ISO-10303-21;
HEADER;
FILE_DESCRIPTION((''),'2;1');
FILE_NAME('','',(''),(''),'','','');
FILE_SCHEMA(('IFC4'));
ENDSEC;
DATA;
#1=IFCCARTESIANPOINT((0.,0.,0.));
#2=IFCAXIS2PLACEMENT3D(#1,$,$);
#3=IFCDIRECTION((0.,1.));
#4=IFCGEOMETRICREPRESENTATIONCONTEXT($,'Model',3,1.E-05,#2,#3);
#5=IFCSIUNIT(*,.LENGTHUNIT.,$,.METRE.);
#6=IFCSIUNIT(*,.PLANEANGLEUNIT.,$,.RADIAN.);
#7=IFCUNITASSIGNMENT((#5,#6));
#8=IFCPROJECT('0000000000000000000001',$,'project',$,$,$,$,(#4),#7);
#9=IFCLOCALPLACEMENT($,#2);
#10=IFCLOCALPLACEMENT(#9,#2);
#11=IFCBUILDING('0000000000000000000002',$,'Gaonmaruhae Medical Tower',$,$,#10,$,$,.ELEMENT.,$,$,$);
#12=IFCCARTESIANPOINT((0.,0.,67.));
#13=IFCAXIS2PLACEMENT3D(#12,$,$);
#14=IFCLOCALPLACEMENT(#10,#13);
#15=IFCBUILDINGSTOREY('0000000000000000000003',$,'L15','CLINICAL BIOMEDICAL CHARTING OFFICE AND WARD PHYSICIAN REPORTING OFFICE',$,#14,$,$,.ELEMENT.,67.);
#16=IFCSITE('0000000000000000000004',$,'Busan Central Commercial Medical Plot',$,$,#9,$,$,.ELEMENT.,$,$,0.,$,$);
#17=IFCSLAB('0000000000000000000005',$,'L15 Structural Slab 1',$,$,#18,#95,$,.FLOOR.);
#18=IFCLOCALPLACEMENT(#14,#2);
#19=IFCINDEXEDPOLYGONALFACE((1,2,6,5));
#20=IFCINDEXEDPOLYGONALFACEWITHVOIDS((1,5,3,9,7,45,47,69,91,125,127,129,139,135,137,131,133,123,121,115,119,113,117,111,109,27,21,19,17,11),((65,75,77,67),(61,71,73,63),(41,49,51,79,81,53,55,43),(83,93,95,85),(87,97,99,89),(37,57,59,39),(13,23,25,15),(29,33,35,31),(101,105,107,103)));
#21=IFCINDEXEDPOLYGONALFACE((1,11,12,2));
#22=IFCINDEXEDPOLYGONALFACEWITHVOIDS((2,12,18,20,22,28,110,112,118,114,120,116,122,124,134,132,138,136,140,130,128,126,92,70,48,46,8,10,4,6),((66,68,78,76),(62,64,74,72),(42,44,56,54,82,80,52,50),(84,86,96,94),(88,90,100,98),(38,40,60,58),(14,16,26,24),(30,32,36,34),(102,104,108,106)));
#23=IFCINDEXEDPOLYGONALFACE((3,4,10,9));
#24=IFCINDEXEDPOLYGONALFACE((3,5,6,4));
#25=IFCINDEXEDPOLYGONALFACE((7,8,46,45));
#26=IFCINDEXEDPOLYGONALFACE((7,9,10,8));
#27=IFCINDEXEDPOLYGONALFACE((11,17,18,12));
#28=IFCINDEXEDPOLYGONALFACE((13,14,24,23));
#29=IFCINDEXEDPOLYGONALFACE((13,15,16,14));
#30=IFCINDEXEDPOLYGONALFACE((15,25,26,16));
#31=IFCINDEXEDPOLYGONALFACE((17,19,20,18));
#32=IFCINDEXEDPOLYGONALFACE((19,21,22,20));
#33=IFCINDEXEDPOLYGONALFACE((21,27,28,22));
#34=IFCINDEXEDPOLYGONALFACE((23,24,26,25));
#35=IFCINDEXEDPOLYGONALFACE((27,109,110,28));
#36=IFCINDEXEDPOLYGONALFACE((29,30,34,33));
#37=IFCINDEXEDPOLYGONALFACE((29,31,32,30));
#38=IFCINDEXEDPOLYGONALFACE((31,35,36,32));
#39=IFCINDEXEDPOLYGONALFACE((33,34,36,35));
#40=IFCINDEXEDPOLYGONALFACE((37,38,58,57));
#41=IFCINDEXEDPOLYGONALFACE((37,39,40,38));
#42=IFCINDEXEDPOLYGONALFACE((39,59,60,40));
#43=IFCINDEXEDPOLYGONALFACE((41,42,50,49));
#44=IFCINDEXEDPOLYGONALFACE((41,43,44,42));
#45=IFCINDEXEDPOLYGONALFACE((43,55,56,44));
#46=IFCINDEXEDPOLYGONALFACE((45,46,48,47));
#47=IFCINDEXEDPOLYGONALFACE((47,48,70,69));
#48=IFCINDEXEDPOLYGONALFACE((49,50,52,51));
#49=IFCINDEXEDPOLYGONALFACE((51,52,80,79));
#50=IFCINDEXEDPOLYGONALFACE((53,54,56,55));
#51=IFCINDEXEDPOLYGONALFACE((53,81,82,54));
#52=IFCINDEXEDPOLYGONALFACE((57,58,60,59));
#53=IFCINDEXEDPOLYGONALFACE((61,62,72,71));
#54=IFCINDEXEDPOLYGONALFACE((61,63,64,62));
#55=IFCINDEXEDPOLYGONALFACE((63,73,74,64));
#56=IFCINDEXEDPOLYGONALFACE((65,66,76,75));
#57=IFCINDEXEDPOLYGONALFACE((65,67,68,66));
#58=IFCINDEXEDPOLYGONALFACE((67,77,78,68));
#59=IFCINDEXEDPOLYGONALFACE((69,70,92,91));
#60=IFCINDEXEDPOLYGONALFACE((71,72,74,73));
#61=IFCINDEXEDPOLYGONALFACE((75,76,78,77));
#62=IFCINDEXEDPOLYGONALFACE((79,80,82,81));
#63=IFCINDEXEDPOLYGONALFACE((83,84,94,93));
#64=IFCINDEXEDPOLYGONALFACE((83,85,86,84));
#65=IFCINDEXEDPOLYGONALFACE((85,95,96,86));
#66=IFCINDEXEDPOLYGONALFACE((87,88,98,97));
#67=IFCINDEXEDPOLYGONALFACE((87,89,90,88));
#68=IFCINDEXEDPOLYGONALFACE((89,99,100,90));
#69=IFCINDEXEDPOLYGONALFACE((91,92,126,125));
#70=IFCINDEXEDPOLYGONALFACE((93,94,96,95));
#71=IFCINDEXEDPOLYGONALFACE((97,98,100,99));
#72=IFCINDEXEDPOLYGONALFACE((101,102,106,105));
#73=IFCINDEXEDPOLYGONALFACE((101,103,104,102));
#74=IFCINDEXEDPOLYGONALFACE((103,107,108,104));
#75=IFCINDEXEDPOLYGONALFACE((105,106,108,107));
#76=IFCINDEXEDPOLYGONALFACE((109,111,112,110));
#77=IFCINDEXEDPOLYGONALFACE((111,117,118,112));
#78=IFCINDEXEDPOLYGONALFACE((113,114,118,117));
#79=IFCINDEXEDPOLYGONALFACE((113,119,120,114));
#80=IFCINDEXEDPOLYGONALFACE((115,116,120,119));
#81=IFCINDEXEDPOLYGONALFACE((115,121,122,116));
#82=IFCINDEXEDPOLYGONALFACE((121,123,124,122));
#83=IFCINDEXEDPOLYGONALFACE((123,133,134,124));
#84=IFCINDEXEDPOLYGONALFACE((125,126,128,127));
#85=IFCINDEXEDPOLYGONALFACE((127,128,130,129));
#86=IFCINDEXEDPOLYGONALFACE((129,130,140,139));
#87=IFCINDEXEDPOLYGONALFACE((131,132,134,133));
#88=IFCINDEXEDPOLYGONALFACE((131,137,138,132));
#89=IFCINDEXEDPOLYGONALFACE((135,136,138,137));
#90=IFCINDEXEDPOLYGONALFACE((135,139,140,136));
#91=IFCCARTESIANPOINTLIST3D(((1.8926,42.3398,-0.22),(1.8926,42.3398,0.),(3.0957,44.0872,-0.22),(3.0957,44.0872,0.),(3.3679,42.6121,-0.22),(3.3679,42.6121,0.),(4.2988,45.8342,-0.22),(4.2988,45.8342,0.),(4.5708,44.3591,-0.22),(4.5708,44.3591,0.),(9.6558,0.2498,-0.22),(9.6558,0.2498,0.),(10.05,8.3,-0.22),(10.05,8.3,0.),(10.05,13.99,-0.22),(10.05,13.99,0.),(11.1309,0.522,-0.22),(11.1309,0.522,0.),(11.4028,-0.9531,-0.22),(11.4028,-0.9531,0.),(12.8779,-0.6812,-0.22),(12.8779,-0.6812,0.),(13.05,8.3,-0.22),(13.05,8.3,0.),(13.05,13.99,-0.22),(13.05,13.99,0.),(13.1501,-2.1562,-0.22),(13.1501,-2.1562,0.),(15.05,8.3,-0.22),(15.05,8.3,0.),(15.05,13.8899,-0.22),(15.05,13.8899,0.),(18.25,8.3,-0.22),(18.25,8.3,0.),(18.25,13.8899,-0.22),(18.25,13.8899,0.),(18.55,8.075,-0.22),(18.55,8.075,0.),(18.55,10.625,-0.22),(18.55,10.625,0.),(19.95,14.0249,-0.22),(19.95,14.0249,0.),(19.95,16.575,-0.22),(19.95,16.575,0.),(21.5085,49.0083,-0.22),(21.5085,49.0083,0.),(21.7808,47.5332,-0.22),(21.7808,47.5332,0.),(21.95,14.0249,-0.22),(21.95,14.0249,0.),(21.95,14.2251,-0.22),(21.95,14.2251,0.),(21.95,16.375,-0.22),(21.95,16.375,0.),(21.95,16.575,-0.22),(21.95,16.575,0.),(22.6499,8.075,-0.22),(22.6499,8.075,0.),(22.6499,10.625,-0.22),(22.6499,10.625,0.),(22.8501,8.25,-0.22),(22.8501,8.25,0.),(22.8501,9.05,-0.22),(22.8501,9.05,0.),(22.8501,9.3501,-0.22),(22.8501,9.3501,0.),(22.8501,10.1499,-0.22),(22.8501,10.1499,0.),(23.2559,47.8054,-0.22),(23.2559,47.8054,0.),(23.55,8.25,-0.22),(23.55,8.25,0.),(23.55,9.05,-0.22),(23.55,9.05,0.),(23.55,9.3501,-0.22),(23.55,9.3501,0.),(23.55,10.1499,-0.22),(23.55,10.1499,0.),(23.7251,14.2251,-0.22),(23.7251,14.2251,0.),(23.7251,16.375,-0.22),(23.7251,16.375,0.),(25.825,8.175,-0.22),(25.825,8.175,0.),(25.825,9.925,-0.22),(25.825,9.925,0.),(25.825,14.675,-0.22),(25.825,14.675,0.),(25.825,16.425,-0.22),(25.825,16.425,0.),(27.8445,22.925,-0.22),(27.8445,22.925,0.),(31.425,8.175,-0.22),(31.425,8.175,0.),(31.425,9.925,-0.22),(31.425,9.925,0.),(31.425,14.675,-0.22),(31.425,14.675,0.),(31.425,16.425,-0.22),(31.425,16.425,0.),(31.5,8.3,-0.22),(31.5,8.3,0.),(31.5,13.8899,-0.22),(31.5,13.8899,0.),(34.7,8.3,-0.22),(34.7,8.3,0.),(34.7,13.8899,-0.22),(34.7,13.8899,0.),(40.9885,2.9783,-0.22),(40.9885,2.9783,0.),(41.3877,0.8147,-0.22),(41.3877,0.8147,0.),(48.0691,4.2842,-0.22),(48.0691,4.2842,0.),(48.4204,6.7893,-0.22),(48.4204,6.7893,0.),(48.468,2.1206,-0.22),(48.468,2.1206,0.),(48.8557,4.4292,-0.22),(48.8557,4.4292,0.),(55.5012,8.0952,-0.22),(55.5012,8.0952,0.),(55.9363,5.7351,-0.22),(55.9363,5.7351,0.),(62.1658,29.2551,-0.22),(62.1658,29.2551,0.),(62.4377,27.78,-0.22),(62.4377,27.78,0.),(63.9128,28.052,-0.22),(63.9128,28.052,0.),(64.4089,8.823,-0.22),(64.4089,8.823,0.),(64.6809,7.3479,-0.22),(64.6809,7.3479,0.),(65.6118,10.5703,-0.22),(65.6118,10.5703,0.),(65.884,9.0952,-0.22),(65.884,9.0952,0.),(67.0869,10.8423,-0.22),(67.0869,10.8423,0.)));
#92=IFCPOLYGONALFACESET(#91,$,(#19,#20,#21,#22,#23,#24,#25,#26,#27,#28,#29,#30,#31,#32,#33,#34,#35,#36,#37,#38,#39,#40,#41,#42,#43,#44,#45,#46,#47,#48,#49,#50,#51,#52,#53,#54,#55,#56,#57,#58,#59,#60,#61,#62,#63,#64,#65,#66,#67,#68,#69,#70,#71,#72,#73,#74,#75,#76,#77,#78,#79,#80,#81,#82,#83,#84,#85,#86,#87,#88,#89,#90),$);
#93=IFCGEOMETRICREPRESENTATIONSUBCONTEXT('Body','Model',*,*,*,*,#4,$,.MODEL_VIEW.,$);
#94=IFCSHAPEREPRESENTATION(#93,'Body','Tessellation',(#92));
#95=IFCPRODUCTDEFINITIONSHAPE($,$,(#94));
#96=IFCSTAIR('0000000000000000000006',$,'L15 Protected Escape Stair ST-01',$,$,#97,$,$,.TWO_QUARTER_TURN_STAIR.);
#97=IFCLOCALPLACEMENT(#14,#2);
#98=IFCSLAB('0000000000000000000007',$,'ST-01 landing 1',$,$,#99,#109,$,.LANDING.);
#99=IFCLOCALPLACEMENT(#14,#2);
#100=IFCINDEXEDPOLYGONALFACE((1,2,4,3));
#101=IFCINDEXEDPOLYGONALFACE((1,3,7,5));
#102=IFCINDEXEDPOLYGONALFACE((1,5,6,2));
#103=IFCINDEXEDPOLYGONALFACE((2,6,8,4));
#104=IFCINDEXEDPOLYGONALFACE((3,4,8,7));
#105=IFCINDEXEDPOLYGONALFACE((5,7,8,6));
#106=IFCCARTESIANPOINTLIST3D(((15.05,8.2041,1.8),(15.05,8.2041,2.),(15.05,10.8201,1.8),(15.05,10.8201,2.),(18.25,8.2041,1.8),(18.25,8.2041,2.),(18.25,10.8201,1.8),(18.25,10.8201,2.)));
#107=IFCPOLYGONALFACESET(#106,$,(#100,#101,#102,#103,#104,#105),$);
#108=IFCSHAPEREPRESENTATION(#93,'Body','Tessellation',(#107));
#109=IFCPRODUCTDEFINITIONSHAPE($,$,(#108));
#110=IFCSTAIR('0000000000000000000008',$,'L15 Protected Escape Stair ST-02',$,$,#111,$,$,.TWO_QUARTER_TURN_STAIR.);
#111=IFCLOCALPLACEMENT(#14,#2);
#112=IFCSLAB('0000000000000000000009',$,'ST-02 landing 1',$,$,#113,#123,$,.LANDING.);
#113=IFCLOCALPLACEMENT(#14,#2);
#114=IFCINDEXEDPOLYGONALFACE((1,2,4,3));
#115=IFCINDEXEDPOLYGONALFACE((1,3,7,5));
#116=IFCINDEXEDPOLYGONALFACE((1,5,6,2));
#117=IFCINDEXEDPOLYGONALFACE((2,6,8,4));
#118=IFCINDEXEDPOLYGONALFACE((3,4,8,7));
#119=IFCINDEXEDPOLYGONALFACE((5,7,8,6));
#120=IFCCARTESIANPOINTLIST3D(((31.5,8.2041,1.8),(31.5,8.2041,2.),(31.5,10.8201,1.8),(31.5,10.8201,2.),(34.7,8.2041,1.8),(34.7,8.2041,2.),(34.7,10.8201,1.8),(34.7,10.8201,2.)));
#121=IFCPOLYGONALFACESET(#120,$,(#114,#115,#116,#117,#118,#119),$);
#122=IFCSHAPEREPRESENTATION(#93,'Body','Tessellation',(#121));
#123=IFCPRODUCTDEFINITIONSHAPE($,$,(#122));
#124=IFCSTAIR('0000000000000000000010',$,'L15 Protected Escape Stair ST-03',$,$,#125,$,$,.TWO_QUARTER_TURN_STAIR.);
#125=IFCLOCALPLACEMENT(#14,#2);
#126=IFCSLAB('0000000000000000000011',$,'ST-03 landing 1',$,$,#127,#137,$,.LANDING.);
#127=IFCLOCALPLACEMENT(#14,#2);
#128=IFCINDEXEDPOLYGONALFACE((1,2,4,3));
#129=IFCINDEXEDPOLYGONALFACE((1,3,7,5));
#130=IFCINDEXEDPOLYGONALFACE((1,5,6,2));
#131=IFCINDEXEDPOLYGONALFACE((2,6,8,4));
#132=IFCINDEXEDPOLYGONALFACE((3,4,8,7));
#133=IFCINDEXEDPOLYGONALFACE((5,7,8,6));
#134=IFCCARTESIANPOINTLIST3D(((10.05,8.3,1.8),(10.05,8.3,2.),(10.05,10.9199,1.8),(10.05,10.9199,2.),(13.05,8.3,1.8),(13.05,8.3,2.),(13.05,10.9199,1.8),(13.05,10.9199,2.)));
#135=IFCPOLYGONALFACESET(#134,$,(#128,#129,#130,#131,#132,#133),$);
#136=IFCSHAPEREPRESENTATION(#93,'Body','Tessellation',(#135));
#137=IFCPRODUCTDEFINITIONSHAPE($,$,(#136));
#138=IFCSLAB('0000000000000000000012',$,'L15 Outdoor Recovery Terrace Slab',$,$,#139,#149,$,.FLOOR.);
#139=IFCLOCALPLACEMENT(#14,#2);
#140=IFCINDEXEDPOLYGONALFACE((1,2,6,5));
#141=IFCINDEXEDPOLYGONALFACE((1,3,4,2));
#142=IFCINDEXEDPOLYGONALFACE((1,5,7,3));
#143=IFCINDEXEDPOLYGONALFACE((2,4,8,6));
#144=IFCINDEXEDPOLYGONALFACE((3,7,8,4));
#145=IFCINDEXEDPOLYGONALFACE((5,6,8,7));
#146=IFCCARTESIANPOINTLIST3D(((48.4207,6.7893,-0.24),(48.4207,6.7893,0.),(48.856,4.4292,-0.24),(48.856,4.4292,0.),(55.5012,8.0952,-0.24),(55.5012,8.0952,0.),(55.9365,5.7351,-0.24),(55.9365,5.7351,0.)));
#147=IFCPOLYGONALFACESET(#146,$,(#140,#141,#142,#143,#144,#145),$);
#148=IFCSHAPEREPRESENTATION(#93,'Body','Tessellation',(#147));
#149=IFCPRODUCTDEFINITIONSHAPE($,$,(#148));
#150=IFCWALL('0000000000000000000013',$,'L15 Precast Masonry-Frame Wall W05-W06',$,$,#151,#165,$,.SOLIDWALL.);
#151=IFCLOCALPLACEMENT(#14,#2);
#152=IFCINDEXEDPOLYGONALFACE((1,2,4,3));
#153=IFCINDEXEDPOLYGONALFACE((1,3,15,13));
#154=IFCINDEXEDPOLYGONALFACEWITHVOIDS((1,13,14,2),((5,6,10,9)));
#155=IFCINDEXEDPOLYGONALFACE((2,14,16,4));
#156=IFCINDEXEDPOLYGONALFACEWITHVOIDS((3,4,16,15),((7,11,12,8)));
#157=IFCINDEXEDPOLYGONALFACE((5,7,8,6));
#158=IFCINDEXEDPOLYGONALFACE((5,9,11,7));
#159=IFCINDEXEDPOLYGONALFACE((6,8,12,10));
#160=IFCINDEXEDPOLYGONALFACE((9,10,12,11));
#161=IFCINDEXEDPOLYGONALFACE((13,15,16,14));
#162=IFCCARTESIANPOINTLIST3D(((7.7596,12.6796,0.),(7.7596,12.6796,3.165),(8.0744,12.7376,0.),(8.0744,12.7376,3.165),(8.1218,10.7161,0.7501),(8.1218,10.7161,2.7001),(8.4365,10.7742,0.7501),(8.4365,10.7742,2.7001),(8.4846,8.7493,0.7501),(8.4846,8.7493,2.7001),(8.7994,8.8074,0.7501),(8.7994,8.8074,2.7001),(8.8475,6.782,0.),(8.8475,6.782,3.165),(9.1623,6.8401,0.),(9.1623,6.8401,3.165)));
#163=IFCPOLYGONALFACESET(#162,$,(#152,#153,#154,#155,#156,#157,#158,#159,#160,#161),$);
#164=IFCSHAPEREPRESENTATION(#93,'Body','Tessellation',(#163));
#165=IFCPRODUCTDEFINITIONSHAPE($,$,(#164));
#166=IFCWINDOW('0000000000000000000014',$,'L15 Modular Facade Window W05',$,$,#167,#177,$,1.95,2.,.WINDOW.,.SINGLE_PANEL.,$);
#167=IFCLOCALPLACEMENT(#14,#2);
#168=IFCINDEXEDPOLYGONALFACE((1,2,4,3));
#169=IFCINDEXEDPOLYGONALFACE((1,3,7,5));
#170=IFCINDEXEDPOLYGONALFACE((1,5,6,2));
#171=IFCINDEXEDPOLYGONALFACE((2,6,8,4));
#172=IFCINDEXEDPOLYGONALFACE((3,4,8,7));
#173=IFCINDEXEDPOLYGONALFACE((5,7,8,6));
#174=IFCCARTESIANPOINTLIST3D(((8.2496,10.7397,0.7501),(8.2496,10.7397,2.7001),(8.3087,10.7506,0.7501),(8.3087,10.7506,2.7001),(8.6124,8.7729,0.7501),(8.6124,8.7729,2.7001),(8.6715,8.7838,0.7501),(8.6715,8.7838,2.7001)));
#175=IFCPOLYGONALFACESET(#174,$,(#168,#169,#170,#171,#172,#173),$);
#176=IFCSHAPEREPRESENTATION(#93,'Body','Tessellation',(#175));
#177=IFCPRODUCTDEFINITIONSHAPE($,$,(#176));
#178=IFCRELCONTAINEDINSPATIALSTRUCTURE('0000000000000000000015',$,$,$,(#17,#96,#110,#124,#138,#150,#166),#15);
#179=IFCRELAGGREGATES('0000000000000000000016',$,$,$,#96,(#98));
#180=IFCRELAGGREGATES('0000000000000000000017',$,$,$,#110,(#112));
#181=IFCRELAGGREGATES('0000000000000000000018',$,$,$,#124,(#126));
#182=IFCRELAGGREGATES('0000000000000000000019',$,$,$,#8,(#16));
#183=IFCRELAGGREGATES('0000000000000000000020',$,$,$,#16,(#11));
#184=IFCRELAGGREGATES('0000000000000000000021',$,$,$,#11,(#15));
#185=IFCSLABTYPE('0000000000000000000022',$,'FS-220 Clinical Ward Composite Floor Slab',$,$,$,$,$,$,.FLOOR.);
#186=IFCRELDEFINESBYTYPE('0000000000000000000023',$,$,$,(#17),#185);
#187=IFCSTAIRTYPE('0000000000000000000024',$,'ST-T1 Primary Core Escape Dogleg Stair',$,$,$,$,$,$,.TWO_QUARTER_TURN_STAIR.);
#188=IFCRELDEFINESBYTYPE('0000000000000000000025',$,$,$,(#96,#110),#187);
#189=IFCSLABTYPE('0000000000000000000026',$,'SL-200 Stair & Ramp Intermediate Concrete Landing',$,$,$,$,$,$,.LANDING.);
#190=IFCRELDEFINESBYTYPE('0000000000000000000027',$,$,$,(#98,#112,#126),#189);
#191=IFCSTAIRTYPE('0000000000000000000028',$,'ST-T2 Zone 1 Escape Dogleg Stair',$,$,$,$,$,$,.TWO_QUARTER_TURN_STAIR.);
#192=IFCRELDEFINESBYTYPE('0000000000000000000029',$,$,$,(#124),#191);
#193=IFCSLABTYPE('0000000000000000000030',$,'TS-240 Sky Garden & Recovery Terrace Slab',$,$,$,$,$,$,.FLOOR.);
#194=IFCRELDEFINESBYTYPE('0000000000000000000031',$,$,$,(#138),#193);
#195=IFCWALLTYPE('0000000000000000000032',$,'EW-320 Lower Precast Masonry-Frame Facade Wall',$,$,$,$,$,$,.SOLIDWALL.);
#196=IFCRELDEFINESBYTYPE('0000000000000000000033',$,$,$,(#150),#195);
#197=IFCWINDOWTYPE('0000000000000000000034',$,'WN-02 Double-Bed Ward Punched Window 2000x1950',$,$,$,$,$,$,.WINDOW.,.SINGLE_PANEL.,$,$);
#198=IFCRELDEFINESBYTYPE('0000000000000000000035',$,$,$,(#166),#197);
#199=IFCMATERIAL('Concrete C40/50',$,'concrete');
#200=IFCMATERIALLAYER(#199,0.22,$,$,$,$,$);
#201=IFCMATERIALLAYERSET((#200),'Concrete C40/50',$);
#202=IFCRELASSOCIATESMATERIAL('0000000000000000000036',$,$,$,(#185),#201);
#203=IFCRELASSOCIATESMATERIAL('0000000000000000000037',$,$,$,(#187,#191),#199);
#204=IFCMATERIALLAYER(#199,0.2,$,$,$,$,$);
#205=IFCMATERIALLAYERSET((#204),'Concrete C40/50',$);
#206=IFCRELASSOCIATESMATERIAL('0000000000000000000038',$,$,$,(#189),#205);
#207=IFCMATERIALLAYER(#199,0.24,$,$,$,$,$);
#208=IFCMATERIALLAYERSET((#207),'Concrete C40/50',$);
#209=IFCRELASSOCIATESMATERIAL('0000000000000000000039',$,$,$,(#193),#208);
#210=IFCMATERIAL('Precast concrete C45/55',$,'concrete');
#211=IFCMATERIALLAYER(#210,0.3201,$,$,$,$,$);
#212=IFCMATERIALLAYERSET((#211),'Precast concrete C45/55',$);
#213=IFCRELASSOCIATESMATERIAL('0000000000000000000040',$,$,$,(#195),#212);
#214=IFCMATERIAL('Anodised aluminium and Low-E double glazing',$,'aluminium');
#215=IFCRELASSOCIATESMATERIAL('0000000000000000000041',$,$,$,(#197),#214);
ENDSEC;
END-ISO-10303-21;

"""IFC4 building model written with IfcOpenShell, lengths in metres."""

from ifc_helpers import new_model, si_unit, direction, frame, frame_2d, origin, place, context, subcontext, project, spatial, polyline, rectangle, outline, extrude, material, layer, layer_set, type_object, element, fill, aggregate, save


model = new_model("IFC4")

# Units and contexts
model_context = context("Model", 3, precision=1e-05, world=origin(), true_north=direction((0.0, 1.0)))
body_context = subcontext(model_context, "Body", "Model", "MODEL_VIEW")
ifc_project = project(units=[si_unit("LENGTHUNIT", "METRE"), si_unit("PLANEANGLEUNIT", "RADIAN")], contexts=[model_context])

# Site, building, storey
site_placement = place(None, origin())
site = spatial("IfcSite", under=ifc_project, at=site_placement, Name="Busan Central Commercial Medical Plot", CompositionType="ELEMENT", RefElevation=0.0)
building_placement = place(site_placement, origin())
building = spatial("IfcBuilding", under=site, at=building_placement, Name="Gaonmaruhae Medical Tower", CompositionType="ELEMENT")
storey_placement = place(building_placement, frame((0.0, 0.0, 67.0)))
storey = spatial("IfcBuildingStorey", under=building, at=storey_placement, Name="L15", Description="CLINICAL BIOMEDICAL CHARTING OFFICE AND WARD PHYSICIAN REPORTING OFFICE", CompositionType="ELEMENT", Elevation=67.0)

# Slab
ifc_material_1 = material(Name="Concrete C40/50", Category="concrete")
ifc_layer_1 = layer(ifc_material_1, 0.22)
ifc_layer_set_1 = layer_set([ifc_layer_1], Name="Concrete C40/50")
slab_type_1 = type_object("IfcSlabType", Name="FS-220 Clinical Ward Composite Floor Slab", PredefinedType="FLOOR", material=ifc_layer_set_1)
slab_1_placement = place(storey_placement, frame((0.0, 0.0, -0.22)))
element("IfcSlab", 1, at=slab_1_placement, inside=storey, type_object=slab_type_1, Name="L15 Structural Slab 1", PredefinedType="FLOOR", context=body_context, shape_type="SweptSolid", body=[
    extrude(outline(polyline([(12.8779, -0.6812), (11.4028, -0.9531), (11.1309, 0.522), (9.6558, 0.2498), (1.8926, 42.3398), (3.3679, 42.6121), (3.0957, 44.0872), (4.5708, 44.3591), (4.2988, 45.8342), (21.5085, 49.0083), (21.7808, 47.5332), (23.2559, 47.8054), (27.8445, 22.925), (62.1658, 29.2551), (62.4377, 27.78), (63.9128, 28.052), (67.0869, 10.8423), (65.6118, 10.5703), (65.884, 9.0952), (64.4089, 8.823), (64.6809, 7.3479), (55.9363, 5.7351), (55.5012, 8.0952), (48.4204, 6.7893), (48.8557, 4.4292), (48.0691, 4.2842), (48.468, 2.1206), (41.3877, 0.8147), (40.9885, 2.9783), (13.1501, -2.1562), (12.8779, -0.6812)]), holes=[polyline([(23.55, 8.25), (22.8501, 8.25), (22.8501, 9.05), (23.55, 9.05), (23.55, 8.25)]), polyline([(25.825, 9.925), (31.425, 9.925), (31.425, 8.175), (25.825, 8.175), (25.825, 9.925)]), polyline([(22.6499, 10.625), (22.6499, 8.075), (18.55, 8.075), (18.55, 10.625), (22.6499, 10.625)]), polyline([(23.55, 9.3501), (22.8501, 9.3501), (22.8501, 10.1499), (23.55, 10.1499), (23.55, 9.3501)]), polyline([(15.05, 13.8899), (18.25, 13.8899), (18.25, 8.3), (15.05, 8.3), (15.05, 13.8899)]), polyline([(31.5, 13.8899), (34.7, 13.8899), (34.7, 8.3), (31.5, 8.3), (31.5, 13.8899)]), polyline([(10.05, 13.99), (13.05, 13.99), (13.05, 8.3), (10.05, 8.3), (10.05, 13.99)]), polyline([(21.95, 14.0249), (19.95, 14.0249), (19.95, 16.575), (21.95, 16.575), (21.95, 16.375), (23.7251, 16.375), (23.7251, 14.2251), (21.95, 14.2251), (21.95, 14.0249)]), polyline([(31.425, 16.425), (31.425, 14.675), (25.825, 14.675), (25.825, 16.425), (31.425, 16.425)])]), origin(), (0.0, 0.0, 1.0), 0.22),
])

# Stairs, slabs
stair_type_1 = type_object("IfcStairType", Name="ST-T1 Primary Core Escape Dogleg Stair", PredefinedType="TWO_QUARTER_TURN_STAIR", material=ifc_material_1)
stair_1_placement = place(storey_placement, origin())
stair_1 = element("IfcStair", 2, at=stair_1_placement, inside=storey, type_object=stair_type_1, Name="L15 Protected Escape Stair ST-01", PredefinedType="TWO_QUARTER_TURN_STAIR")
ifc_layer_2 = layer(ifc_material_1, 0.2)
ifc_layer_set_2 = layer_set([ifc_layer_2], Name="Concrete C40/50")
slab_type_2 = type_object("IfcSlabType", Name="SL-200 Stair & Ramp Intermediate Concrete Landing", PredefinedType="LANDING", material=ifc_layer_set_2)
slab_2_placement = place(storey_placement, frame((0.0, 0.0, 1.8)))
slab_2 = element("IfcSlab", 3, at=slab_2_placement, type_object=slab_type_2, Name="ST-01 landing 1", PredefinedType="LANDING", context=body_context, shape_type="SweptSolid", body=[
    extrude(outline(polyline([(15.05, 10.8201), (15.05, 8.2041), (18.25, 8.2041), (18.25, 10.8201), (15.05, 10.8201)])), origin(), (0.0, 0.0, 1.0), 0.2),
])
aggregate(stair_1, [slab_2])
stair_2_placement = place(storey_placement, origin())
stair_2 = element("IfcStair", 4, at=stair_2_placement, inside=storey, type_object=stair_type_1, Name="L15 Protected Escape Stair ST-02", PredefinedType="TWO_QUARTER_TURN_STAIR")
slab_3_placement = place(storey_placement, frame((0.0, 0.0, 1.8)))
slab_3 = element("IfcSlab", 5, at=slab_3_placement, type_object=slab_type_2, Name="ST-02 landing 1", PredefinedType="LANDING", context=body_context, shape_type="SweptSolid", body=[
    extrude(outline(polyline([(31.5, 10.8201), (31.5, 8.2041), (34.7, 8.2041), (34.7, 10.8201), (31.5, 10.8201)])), origin(), (0.0, 0.0, 1.0), 0.2),
])
aggregate(stair_2, [slab_3])
stair_type_2 = type_object("IfcStairType", Name="ST-T2 Zone 1 Escape Dogleg Stair", PredefinedType="TWO_QUARTER_TURN_STAIR", material=ifc_material_1)
stair_3_placement = place(storey_placement, origin())
stair_3 = element("IfcStair", 6, at=stair_3_placement, inside=storey, type_object=stair_type_2, Name="L15 Protected Escape Stair ST-03", PredefinedType="TWO_QUARTER_TURN_STAIR")
slab_4_placement = place(storey_placement, frame((0.0, 0.0, 1.8)))
slab_4 = element("IfcSlab", 7, at=slab_4_placement, type_object=slab_type_2, Name="ST-03 landing 1", PredefinedType="LANDING", context=body_context, shape_type="SweptSolid", body=[
    extrude(outline(polyline([(10.05, 10.9199), (10.05, 8.3), (13.05, 8.3), (13.05, 10.9199), (10.05, 10.9199)])), origin(), (0.0, 0.0, 1.0), 0.2),
])
aggregate(stair_3, [slab_4])

# Slab
ifc_layer_3 = layer(ifc_material_1, 0.24)
ifc_layer_set_3 = layer_set([ifc_layer_3], Name="Concrete C40/50")
slab_type_3 = type_object("IfcSlabType", Name="TS-240 Sky Garden & Recovery Terrace Slab", PredefinedType="FLOOR", material=ifc_layer_set_3)
slab_5_placement = place(storey_placement, frame((0.0, 0.0, -0.24)))
element("IfcSlab", 8, at=slab_5_placement, inside=storey, type_object=slab_type_3, Name="L15 Outdoor Recovery Terrace Slab", PredefinedType="FLOOR", context=body_context, shape_type="SweptSolid", body=[
    extrude(outline(polyline([(48.856, 4.4292), (55.9365, 5.7351), (55.5012, 8.0952), (48.4207, 6.7893), (48.856, 4.4292)])), origin(), (0.0, 0.0, 1.0), 0.24),
])

# Wall, opening, window
ifc_material_2 = material(Name="Precast concrete C45/55", Category="concrete")
ifc_layer_4 = layer(ifc_material_2, 0.3201)
ifc_layer_set_4 = layer_set([ifc_layer_4], Name="Precast concrete C45/55")
wall_type_1 = type_object("IfcWallType", Name="EW-320 Lower Precast Masonry-Frame Facade Wall", PredefinedType="SOLIDWALL", material=ifc_layer_set_4)
wall_1_placement = place(storey_placement, frame((9.0049, 6.811, 0.0), z_axis=(0.0, 0.0, 1.0), x_axis=(-0.181407, 0.983408, 0.0)))
wall_1 = element("IfcWall", 9, at=wall_1_placement, inside=storey, type_object=wall_type_1, Name="L15 Precast Masonry-Frame Wall W05-W06", PredefinedType="SOLIDWALL", context=body_context, shape_type="SweptSolid", body=[
    extrude(rectangle(XDim=5.9971, YDim=0.3201, at=frame_2d((2.9985, 0.0))), origin(), (0.0, 0.0, 1.0), 3.165),
])
opening_1_placement = place(wall_1_placement, frame((2.0005, 0.0, 0.75)))
opening_1 = element("IfcOpeningElement", 10, at=opening_1_placement, cuts=wall_1, PredefinedType="OPENING", context=body_context, shape_type="SweptSolid", body=[
    extrude(rectangle(XDim=2.0, YDim=1.95, at=frame_2d((1.0, 0.9751))), frame((0.0, 0.1699, 0.0), z_axis=(0.0, -1.0, 0.0), x_axis=(1.0, 0.0, 0.0)), (0.0, 0.0, 1.0), 0.3401),
])
ifc_material_3 = material(Name="Anodised aluminium and Low-E double glazing", Category="aluminium")
window_type_1 = type_object("IfcWindowType", Name="WN-02 Double-Bed Ward Punched Window 2000x1950", PartitioningType="SINGLE_PANEL", PredefinedType="WINDOW", material=ifc_material_3)
window_1_placement = place(opening_1_placement, origin())
window_1 = element("IfcWindow", 11, at=window_1_placement, inside=storey, type_object=window_type_1, Name="L15 Modular Facade Window W05", OverallHeight=1.95, OverallWidth=2.0, PartitioningType="SINGLE_PANEL", PredefinedType="WINDOW", context=body_context, shape_type="SweptSolid", body=[
    extrude(rectangle(XDim=2.0, YDim=1.95, at=frame_2d((1.0, 0.9751))), frame((0.0, 0.03, 0.0), z_axis=(0.0, -1.0, 0.0), x_axis=(1.0, 0.0, 0.0)), (0.0, 0.0, 1.0), 0.0601),
])
fill(opening_1, window_1)

save(model, "model.ifc")
